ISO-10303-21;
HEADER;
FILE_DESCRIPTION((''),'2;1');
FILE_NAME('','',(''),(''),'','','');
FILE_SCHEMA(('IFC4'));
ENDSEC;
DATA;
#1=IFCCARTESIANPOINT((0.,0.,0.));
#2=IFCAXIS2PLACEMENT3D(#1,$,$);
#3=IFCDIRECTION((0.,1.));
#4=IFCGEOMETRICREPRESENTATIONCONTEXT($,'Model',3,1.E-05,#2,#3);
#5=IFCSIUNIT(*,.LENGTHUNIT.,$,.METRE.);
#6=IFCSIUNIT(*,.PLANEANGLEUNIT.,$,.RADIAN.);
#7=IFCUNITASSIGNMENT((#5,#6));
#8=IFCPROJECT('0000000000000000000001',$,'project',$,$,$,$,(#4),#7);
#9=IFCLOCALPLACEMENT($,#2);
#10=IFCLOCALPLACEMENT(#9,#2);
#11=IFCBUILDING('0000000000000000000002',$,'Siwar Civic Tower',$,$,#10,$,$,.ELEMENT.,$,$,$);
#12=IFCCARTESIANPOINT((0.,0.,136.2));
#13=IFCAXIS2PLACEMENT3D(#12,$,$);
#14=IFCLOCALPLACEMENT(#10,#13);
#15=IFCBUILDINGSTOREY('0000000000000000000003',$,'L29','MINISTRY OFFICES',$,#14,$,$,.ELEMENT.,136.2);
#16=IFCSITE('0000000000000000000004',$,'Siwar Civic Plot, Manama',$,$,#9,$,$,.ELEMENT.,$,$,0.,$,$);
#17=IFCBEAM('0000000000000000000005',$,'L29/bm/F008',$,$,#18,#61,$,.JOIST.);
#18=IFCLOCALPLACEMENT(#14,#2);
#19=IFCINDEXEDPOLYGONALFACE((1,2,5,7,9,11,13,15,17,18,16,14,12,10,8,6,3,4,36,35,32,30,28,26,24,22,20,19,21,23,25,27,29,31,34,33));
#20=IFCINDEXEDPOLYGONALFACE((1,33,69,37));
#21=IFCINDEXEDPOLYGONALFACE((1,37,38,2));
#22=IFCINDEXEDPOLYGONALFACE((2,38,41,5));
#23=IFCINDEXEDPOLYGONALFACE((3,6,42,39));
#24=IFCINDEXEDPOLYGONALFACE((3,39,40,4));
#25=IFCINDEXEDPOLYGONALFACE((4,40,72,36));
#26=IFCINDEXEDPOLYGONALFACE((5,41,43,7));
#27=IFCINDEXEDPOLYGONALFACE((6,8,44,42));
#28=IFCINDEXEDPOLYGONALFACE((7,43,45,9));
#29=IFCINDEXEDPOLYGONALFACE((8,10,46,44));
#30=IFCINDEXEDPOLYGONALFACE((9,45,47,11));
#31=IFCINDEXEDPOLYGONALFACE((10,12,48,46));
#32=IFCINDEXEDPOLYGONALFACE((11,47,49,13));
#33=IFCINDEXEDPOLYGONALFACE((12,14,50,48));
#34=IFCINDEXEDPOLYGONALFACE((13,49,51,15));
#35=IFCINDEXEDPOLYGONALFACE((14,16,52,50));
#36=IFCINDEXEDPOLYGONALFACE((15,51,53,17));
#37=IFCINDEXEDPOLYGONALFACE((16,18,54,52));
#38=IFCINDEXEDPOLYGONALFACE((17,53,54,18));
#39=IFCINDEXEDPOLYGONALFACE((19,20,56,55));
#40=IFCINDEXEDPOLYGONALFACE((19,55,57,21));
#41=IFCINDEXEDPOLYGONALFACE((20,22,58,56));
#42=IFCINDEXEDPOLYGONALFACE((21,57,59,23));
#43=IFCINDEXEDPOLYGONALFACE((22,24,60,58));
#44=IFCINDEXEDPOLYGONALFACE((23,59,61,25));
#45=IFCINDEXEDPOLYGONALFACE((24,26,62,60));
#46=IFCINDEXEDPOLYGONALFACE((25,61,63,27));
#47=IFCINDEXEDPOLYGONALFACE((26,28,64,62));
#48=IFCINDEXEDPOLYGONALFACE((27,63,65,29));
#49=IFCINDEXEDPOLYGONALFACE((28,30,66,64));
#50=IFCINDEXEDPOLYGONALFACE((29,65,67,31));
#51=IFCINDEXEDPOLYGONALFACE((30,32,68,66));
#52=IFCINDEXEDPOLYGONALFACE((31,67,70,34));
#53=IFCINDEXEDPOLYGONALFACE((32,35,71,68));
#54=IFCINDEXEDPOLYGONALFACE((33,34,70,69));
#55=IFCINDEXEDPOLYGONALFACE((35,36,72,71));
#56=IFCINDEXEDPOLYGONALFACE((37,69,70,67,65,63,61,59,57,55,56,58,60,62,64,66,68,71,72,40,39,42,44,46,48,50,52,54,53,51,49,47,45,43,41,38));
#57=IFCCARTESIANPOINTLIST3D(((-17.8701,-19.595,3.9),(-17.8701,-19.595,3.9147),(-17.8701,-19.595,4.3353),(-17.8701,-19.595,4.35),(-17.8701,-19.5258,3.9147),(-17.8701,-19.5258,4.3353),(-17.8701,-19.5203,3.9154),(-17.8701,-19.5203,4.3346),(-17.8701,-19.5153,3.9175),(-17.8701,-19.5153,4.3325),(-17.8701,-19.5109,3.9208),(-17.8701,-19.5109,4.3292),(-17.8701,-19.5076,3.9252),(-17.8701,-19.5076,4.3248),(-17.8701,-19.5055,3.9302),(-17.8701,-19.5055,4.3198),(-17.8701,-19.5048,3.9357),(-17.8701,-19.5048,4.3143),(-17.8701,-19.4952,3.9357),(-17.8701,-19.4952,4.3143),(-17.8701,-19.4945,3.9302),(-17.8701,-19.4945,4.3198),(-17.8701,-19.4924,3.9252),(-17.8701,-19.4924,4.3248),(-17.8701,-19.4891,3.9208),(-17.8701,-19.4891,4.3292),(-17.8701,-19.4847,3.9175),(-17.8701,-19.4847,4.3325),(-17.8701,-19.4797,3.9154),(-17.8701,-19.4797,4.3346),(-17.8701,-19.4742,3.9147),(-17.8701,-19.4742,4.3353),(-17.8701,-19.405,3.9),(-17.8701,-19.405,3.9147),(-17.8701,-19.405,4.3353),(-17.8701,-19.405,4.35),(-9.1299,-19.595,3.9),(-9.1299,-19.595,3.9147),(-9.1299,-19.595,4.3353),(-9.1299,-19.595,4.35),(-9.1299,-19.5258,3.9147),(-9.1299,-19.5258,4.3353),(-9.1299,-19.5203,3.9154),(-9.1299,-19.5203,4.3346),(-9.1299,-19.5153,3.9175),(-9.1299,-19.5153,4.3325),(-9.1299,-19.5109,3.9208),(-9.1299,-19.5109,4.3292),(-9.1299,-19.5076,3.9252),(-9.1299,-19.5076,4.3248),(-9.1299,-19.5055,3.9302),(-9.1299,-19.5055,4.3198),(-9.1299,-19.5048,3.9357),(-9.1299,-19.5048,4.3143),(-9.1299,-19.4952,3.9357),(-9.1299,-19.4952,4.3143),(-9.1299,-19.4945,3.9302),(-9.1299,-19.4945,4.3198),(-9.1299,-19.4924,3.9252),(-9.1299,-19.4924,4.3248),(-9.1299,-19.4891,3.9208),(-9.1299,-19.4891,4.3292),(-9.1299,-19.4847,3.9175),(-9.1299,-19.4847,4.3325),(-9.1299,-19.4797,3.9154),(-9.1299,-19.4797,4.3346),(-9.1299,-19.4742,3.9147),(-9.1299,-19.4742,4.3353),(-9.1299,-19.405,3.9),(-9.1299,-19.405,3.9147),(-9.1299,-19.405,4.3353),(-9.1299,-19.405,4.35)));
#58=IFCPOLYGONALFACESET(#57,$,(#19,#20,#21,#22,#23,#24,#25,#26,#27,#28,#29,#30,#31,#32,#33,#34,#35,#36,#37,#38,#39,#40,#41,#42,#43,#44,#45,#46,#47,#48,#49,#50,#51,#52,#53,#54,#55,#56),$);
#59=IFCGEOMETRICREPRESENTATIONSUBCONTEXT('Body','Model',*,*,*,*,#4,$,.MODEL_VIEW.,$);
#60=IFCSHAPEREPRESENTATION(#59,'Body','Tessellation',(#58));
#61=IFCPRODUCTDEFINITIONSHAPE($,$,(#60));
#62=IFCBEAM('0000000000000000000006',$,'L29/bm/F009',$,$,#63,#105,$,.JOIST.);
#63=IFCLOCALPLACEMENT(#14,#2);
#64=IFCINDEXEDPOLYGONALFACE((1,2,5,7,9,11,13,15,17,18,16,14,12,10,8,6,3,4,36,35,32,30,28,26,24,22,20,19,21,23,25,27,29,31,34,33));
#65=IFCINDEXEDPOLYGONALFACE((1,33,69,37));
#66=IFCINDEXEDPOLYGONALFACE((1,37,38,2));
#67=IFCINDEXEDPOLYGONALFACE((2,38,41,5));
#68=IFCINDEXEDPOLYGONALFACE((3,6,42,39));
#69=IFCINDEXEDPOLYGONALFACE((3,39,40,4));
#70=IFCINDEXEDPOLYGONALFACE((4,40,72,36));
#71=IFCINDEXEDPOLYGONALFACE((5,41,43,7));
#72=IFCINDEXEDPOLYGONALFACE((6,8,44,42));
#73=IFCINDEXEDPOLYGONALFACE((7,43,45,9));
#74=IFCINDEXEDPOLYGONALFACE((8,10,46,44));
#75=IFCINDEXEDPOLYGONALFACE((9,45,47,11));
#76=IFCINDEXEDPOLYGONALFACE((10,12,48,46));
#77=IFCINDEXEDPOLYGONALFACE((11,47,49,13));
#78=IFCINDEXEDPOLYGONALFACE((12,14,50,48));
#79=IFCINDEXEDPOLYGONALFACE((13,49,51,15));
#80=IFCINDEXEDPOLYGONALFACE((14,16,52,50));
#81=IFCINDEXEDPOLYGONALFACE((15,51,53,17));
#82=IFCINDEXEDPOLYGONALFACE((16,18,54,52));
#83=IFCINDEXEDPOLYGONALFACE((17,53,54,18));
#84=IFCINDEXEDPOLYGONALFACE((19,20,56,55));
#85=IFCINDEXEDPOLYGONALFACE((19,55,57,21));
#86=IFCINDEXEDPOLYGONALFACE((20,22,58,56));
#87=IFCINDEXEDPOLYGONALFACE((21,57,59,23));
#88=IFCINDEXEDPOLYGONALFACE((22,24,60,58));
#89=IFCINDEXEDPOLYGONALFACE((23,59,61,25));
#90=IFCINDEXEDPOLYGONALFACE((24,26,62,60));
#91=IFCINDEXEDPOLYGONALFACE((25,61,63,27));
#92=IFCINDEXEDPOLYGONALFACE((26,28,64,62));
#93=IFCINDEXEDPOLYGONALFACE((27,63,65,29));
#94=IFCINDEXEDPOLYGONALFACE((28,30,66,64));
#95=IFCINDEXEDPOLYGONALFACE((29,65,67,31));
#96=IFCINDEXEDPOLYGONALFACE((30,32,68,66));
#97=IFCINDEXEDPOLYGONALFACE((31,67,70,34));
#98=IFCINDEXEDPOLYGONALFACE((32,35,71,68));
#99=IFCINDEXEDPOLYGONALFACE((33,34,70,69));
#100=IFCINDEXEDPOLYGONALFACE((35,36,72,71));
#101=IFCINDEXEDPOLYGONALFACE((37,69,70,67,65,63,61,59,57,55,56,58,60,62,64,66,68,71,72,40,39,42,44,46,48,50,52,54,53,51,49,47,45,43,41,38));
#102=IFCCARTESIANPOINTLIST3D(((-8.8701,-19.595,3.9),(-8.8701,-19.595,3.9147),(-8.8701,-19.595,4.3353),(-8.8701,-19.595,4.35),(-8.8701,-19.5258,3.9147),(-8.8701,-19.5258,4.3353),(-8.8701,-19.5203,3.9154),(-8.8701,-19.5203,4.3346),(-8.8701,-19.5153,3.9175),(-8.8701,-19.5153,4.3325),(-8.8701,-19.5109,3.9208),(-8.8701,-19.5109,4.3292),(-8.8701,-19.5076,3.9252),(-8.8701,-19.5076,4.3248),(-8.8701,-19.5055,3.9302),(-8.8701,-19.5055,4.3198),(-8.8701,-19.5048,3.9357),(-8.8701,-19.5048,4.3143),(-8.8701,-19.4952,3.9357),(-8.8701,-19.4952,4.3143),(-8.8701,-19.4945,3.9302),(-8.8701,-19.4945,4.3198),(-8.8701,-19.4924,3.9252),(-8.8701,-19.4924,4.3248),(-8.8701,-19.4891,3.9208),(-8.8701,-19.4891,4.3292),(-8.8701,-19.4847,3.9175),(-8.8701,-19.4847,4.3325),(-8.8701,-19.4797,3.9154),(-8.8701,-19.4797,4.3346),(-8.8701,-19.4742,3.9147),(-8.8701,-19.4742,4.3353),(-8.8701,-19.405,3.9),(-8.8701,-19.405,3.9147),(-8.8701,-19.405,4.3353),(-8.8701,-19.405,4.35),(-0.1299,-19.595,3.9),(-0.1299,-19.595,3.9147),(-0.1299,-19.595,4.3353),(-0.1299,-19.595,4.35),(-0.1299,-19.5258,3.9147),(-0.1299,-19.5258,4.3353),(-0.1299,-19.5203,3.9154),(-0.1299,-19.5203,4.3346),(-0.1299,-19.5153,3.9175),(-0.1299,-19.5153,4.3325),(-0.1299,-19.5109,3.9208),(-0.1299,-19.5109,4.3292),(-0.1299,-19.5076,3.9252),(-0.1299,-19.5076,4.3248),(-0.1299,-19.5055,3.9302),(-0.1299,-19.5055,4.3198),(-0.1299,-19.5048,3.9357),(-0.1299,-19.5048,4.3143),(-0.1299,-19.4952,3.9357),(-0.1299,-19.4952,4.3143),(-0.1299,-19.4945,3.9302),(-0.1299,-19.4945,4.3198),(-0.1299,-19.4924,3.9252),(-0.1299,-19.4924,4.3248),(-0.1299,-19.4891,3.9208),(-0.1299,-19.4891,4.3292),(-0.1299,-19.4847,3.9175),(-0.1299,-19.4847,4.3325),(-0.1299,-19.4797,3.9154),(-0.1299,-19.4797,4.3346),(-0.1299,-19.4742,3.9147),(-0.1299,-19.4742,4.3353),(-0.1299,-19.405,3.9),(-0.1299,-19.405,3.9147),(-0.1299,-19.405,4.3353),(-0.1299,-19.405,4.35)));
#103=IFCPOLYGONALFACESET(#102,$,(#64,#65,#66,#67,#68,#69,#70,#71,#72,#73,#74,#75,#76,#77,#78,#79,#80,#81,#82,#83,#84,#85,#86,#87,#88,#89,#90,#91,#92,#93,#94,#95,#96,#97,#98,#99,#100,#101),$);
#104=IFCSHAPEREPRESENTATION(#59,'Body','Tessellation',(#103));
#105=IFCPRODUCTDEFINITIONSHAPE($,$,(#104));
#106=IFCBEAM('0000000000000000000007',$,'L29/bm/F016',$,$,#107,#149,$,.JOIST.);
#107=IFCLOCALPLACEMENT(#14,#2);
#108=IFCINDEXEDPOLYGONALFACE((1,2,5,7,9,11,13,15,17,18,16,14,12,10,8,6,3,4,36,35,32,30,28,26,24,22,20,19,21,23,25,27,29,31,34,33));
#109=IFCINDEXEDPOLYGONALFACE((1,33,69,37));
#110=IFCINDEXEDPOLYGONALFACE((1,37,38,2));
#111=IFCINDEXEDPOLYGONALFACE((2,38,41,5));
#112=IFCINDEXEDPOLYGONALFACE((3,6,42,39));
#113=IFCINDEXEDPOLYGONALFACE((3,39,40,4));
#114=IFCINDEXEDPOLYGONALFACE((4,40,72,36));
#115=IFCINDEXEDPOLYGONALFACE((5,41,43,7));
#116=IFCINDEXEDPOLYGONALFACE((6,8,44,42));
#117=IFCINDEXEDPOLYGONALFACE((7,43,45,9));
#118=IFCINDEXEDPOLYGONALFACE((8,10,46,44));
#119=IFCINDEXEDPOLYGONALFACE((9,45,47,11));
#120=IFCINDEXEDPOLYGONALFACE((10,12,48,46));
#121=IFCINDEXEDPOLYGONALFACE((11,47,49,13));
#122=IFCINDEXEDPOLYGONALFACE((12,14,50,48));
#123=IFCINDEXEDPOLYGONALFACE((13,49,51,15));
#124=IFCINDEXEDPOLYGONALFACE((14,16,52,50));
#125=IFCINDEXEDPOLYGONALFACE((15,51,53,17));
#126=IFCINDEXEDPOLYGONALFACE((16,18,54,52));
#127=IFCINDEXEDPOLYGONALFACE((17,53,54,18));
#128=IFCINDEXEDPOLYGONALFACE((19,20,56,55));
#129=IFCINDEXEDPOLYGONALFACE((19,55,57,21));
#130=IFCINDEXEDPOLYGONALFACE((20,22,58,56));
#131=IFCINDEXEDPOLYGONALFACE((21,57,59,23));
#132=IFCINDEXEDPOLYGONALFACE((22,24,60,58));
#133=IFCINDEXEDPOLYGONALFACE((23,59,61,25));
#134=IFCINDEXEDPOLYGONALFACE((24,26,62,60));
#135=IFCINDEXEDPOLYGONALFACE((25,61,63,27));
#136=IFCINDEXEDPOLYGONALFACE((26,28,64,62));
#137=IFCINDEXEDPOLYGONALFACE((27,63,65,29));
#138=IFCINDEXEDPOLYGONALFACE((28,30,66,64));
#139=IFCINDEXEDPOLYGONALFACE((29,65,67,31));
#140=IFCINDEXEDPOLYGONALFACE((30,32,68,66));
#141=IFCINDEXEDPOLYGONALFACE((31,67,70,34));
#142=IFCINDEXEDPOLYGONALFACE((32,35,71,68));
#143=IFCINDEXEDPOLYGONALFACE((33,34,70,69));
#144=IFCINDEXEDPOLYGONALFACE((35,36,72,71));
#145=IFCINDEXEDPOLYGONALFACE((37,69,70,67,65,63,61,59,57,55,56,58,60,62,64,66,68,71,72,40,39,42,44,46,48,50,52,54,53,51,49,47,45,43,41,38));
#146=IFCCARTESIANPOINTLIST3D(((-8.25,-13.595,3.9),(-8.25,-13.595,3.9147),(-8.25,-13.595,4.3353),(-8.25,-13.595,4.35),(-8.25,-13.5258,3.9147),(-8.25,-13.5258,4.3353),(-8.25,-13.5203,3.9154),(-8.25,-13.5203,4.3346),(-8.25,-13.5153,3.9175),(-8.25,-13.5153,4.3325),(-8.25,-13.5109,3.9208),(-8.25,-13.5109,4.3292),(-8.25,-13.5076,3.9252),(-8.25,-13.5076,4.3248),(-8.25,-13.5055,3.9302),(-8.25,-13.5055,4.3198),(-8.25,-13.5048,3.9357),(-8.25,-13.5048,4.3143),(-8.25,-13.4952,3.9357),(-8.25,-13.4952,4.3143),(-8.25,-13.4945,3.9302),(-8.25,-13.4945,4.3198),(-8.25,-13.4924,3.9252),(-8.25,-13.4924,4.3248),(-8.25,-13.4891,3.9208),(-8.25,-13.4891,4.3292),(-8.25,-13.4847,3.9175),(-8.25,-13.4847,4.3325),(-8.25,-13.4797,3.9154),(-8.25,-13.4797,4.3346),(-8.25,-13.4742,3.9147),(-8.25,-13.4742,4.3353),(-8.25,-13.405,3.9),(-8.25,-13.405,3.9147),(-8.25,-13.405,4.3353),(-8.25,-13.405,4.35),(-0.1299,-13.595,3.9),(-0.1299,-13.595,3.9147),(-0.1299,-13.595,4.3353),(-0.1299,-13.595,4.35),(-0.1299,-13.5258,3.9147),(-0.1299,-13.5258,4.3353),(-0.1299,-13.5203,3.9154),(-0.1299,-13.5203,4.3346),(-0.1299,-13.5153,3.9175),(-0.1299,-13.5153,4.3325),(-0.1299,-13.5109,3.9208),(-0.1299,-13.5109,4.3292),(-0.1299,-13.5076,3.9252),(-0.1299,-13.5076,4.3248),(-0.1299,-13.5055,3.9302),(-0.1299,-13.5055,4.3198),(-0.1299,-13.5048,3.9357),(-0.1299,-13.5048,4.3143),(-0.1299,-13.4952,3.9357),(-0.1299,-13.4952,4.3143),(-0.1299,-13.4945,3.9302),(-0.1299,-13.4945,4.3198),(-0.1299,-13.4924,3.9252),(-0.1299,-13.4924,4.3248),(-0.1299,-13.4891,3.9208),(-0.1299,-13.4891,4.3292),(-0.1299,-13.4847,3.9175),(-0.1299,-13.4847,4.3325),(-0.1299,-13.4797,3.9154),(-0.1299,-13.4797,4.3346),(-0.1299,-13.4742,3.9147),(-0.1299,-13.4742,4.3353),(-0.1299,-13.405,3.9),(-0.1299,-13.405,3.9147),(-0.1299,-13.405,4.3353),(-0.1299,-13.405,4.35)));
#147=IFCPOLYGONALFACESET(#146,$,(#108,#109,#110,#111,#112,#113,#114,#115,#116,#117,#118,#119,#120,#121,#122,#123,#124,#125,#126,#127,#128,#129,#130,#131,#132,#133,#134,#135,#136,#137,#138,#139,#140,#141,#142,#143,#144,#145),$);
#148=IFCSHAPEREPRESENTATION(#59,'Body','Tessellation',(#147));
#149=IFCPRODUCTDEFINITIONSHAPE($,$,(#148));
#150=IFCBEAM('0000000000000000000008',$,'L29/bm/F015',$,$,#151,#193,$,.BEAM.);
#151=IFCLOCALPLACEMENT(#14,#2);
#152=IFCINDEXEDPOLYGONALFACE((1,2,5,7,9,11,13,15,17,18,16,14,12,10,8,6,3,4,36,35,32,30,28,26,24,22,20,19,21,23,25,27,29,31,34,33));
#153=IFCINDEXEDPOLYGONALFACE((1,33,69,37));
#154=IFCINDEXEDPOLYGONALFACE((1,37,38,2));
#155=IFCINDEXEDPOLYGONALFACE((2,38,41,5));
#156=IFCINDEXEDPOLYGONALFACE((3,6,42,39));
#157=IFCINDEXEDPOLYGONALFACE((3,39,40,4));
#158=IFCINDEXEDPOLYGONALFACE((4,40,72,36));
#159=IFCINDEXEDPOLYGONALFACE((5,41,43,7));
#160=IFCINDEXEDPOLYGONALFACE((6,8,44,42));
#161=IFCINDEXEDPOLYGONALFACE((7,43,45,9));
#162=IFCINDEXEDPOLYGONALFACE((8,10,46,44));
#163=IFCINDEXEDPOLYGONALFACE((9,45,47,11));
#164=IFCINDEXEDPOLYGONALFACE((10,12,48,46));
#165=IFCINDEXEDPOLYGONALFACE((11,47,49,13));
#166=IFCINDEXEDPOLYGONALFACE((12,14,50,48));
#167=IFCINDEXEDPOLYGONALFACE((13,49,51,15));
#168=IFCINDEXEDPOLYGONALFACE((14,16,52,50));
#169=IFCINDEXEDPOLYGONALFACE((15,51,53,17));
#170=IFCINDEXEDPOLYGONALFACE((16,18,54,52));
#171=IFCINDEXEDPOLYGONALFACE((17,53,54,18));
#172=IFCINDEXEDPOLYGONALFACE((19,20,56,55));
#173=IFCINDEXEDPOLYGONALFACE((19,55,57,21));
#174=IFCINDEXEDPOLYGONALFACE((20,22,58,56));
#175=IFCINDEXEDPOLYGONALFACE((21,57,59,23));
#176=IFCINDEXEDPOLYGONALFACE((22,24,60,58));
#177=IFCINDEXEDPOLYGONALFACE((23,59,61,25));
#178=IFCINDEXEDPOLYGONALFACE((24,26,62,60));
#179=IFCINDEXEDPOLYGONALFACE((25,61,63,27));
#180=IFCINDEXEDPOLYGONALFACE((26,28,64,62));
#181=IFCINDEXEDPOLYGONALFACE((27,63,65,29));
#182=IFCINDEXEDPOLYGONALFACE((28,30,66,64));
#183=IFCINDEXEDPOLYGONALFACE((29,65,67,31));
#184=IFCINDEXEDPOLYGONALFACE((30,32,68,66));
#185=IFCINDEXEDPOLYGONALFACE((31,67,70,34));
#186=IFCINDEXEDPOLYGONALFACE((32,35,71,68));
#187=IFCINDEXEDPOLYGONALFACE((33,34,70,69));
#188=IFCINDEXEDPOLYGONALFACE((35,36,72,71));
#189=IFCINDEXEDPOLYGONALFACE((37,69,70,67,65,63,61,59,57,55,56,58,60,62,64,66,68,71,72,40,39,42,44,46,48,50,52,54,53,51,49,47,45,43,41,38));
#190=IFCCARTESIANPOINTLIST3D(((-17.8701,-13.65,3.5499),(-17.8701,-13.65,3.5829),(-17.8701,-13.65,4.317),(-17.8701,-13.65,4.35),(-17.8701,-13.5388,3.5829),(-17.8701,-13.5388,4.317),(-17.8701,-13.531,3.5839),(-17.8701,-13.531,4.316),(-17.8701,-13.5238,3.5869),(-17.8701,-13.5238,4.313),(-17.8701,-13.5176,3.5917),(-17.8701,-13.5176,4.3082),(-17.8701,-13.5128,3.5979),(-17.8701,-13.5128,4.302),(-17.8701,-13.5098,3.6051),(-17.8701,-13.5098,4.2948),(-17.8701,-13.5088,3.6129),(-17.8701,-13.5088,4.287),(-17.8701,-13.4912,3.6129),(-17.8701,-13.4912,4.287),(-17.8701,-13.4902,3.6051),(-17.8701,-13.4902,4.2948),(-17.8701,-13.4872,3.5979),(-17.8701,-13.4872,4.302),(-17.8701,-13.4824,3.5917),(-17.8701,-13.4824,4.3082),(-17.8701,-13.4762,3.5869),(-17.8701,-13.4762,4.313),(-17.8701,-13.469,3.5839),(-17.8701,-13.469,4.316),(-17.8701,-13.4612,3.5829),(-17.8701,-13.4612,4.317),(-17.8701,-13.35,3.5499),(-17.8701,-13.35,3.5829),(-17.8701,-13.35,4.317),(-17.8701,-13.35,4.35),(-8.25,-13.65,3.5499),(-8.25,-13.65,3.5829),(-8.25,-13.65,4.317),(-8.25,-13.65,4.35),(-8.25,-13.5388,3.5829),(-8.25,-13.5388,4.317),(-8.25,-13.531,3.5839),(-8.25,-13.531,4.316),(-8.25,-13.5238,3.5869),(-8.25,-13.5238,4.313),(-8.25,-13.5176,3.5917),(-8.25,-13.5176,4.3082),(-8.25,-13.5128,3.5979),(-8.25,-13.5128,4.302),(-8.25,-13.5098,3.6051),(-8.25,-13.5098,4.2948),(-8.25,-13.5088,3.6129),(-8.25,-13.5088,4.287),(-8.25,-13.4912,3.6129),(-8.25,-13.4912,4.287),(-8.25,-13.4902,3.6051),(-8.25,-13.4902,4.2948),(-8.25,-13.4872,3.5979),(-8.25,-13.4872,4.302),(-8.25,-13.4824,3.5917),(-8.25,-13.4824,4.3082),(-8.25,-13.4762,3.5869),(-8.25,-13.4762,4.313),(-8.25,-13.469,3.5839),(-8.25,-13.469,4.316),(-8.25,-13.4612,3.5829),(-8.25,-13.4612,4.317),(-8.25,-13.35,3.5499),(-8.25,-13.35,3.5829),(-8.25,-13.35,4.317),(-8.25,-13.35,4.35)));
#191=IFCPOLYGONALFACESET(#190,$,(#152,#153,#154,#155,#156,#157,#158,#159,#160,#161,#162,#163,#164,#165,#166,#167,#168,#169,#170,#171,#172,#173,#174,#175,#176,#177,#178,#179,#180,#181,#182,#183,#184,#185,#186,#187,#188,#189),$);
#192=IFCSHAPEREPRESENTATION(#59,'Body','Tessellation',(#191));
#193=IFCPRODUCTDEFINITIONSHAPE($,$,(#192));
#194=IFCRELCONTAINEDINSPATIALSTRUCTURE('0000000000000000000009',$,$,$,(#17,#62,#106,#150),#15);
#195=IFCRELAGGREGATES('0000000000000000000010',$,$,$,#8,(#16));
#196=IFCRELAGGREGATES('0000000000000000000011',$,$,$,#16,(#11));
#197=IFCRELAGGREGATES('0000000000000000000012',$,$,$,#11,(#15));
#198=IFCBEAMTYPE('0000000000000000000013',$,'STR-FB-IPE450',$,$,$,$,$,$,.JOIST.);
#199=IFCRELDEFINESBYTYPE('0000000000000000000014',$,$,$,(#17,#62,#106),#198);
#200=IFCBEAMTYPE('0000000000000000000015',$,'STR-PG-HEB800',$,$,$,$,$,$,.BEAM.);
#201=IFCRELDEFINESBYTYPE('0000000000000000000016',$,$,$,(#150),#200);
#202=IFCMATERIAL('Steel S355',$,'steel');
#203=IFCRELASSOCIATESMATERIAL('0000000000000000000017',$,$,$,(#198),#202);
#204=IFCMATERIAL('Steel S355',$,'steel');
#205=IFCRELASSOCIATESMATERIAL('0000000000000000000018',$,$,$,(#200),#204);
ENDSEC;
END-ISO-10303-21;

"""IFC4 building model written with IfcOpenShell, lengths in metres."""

from ifc_helpers import new_model, si_unit, direction, frame, origin, origin_2d, place, context, subcontext, project, spatial, i_section, extrude, material, material_profile, profile_set, type_object, element, save


model = new_model("IFC4")

# Units and contexts
model_context = context("Model", 3, precision=1e-05, world=origin(), true_north=direction((0.0, 1.0)))
body_context = subcontext(model_context, "Body", "Model", "MODEL_VIEW")
ifc_project = project(units=[si_unit("LENGTHUNIT", "METRE"), si_unit("PLANEANGLEUNIT", "RADIAN")], contexts=[model_context])

# Site, building, storey
site_placement = place(None, origin())
site = spatial("IfcSite", under=ifc_project, at=site_placement, Name="Siwar Civic Plot, Manama", CompositionType="ELEMENT", RefElevation=0.0)
building_placement = place(site_placement, origin())
building = spatial("IfcBuilding", under=site, at=building_placement, Name="Siwar Civic Tower", CompositionType="ELEMENT")
storey_placement = place(building_placement, frame((0.0, 0.0, 136.2)))
storey = spatial("IfcBuildingStorey", under=building, at=storey_placement, Name="L29", Description="MINISTRY OFFICES", CompositionType="ELEMENT", Elevation=136.2)

# Beams
ifc_material_1 = material(Name="Steel S355", Category="steel")
ifc_material_profile_1 = material_profile(ifc_material_1, i_section(OverallWidth=0.1899, OverallDepth=0.45, WebThickness=0.0095, FlangeThickness=0.0146, FilletRadius=0.021, at=origin_2d()), Name="IPE450")
ifc_profile_set_1 = profile_set([ifc_material_profile_1], Name="Steel S355")
beam_type_1 = type_object("IfcBeamType", Name="STR-FB-IPE450", PredefinedType="JOIST", material=ifc_profile_set_1)
for number, where, z_axis, x_axis, name in (
    (1, (-17.8701, -19.5, 4.125), (1.0, 0.0, 0.0), (0.0, 1.0, 0.0), "L29/bm/F008"),
    (2, (-8.8701, -19.5, 4.125), (1.0, 0.0, 0.0), (0.0, 1.0, 0.0), "L29/bm/F009"),
):
    element("IfcBeam", number, at=place(storey_placement, frame(where, z_axis=z_axis, x_axis=x_axis)), inside=storey, type_object=beam_type_1, Name=name, PredefinedType="JOIST", context=body_context, shape_type="SweptSolid", body=[
        extrude(i_section(OverallWidth=0.1899, OverallDepth=0.45, WebThickness=0.0095, FlangeThickness=0.0146, FilletRadius=0.021, at=origin_2d()), origin(), (0.0, 0.0, 1.0), 8.7402),
    ])
beam_1_placement = place(storey_placement, frame((-8.25, -13.5, 4.125), z_axis=(1.0, 0.0, 0.0), x_axis=(0.0, 1.0, 0.0)))
element("IfcBeam", 3, at=beam_1_placement, inside=storey, type_object=beam_type_1, Name="L29/bm/F016", PredefinedType="JOIST", context=body_context, shape_type="SweptSolid", body=[
    extrude(i_section(OverallWidth=0.1899, OverallDepth=0.45, WebThickness=0.0095, FlangeThickness=0.0146, FilletRadius=0.021, at=origin_2d()), origin(), (0.0, 0.0, 1.0), 8.1201),
])
ifc_material_2 = material(Name="Steel S355", Category="steel")
ifc_material_profile_2 = material_profile(ifc_material_2, i_section(OverallWidth=0.3, OverallDepth=0.8, WebThickness=0.0176, FlangeThickness=0.033, FilletRadius=0.03, at=origin_2d()), Name="HEB800")
ifc_profile_set_2 = profile_set([ifc_material_profile_2], Name="Steel S355")
beam_type_2 = type_object("IfcBeamType", Name="STR-PG-HEB800", PredefinedType="BEAM", material=ifc_profile_set_2)
beam_2_placement = place(storey_placement, frame((-17.8701, -13.5, 3.95), z_axis=(1.0, 0.0, 0.0), x_axis=(0.0, 1.0, 0.0)))
element("IfcBeam", 4, at=beam_2_placement, inside=storey, type_object=beam_type_2, Name="L29/bm/F015", PredefinedType="BEAM", context=body_context, shape_type="SweptSolid", body=[
    extrude(i_section(OverallWidth=0.3, OverallDepth=0.8, WebThickness=0.0176, FlangeThickness=0.033, FilletRadius=0.03, at=origin_2d()), origin(), (0.0, 0.0, 1.0), 9.6201),
])

save(model, "model.ifc")
